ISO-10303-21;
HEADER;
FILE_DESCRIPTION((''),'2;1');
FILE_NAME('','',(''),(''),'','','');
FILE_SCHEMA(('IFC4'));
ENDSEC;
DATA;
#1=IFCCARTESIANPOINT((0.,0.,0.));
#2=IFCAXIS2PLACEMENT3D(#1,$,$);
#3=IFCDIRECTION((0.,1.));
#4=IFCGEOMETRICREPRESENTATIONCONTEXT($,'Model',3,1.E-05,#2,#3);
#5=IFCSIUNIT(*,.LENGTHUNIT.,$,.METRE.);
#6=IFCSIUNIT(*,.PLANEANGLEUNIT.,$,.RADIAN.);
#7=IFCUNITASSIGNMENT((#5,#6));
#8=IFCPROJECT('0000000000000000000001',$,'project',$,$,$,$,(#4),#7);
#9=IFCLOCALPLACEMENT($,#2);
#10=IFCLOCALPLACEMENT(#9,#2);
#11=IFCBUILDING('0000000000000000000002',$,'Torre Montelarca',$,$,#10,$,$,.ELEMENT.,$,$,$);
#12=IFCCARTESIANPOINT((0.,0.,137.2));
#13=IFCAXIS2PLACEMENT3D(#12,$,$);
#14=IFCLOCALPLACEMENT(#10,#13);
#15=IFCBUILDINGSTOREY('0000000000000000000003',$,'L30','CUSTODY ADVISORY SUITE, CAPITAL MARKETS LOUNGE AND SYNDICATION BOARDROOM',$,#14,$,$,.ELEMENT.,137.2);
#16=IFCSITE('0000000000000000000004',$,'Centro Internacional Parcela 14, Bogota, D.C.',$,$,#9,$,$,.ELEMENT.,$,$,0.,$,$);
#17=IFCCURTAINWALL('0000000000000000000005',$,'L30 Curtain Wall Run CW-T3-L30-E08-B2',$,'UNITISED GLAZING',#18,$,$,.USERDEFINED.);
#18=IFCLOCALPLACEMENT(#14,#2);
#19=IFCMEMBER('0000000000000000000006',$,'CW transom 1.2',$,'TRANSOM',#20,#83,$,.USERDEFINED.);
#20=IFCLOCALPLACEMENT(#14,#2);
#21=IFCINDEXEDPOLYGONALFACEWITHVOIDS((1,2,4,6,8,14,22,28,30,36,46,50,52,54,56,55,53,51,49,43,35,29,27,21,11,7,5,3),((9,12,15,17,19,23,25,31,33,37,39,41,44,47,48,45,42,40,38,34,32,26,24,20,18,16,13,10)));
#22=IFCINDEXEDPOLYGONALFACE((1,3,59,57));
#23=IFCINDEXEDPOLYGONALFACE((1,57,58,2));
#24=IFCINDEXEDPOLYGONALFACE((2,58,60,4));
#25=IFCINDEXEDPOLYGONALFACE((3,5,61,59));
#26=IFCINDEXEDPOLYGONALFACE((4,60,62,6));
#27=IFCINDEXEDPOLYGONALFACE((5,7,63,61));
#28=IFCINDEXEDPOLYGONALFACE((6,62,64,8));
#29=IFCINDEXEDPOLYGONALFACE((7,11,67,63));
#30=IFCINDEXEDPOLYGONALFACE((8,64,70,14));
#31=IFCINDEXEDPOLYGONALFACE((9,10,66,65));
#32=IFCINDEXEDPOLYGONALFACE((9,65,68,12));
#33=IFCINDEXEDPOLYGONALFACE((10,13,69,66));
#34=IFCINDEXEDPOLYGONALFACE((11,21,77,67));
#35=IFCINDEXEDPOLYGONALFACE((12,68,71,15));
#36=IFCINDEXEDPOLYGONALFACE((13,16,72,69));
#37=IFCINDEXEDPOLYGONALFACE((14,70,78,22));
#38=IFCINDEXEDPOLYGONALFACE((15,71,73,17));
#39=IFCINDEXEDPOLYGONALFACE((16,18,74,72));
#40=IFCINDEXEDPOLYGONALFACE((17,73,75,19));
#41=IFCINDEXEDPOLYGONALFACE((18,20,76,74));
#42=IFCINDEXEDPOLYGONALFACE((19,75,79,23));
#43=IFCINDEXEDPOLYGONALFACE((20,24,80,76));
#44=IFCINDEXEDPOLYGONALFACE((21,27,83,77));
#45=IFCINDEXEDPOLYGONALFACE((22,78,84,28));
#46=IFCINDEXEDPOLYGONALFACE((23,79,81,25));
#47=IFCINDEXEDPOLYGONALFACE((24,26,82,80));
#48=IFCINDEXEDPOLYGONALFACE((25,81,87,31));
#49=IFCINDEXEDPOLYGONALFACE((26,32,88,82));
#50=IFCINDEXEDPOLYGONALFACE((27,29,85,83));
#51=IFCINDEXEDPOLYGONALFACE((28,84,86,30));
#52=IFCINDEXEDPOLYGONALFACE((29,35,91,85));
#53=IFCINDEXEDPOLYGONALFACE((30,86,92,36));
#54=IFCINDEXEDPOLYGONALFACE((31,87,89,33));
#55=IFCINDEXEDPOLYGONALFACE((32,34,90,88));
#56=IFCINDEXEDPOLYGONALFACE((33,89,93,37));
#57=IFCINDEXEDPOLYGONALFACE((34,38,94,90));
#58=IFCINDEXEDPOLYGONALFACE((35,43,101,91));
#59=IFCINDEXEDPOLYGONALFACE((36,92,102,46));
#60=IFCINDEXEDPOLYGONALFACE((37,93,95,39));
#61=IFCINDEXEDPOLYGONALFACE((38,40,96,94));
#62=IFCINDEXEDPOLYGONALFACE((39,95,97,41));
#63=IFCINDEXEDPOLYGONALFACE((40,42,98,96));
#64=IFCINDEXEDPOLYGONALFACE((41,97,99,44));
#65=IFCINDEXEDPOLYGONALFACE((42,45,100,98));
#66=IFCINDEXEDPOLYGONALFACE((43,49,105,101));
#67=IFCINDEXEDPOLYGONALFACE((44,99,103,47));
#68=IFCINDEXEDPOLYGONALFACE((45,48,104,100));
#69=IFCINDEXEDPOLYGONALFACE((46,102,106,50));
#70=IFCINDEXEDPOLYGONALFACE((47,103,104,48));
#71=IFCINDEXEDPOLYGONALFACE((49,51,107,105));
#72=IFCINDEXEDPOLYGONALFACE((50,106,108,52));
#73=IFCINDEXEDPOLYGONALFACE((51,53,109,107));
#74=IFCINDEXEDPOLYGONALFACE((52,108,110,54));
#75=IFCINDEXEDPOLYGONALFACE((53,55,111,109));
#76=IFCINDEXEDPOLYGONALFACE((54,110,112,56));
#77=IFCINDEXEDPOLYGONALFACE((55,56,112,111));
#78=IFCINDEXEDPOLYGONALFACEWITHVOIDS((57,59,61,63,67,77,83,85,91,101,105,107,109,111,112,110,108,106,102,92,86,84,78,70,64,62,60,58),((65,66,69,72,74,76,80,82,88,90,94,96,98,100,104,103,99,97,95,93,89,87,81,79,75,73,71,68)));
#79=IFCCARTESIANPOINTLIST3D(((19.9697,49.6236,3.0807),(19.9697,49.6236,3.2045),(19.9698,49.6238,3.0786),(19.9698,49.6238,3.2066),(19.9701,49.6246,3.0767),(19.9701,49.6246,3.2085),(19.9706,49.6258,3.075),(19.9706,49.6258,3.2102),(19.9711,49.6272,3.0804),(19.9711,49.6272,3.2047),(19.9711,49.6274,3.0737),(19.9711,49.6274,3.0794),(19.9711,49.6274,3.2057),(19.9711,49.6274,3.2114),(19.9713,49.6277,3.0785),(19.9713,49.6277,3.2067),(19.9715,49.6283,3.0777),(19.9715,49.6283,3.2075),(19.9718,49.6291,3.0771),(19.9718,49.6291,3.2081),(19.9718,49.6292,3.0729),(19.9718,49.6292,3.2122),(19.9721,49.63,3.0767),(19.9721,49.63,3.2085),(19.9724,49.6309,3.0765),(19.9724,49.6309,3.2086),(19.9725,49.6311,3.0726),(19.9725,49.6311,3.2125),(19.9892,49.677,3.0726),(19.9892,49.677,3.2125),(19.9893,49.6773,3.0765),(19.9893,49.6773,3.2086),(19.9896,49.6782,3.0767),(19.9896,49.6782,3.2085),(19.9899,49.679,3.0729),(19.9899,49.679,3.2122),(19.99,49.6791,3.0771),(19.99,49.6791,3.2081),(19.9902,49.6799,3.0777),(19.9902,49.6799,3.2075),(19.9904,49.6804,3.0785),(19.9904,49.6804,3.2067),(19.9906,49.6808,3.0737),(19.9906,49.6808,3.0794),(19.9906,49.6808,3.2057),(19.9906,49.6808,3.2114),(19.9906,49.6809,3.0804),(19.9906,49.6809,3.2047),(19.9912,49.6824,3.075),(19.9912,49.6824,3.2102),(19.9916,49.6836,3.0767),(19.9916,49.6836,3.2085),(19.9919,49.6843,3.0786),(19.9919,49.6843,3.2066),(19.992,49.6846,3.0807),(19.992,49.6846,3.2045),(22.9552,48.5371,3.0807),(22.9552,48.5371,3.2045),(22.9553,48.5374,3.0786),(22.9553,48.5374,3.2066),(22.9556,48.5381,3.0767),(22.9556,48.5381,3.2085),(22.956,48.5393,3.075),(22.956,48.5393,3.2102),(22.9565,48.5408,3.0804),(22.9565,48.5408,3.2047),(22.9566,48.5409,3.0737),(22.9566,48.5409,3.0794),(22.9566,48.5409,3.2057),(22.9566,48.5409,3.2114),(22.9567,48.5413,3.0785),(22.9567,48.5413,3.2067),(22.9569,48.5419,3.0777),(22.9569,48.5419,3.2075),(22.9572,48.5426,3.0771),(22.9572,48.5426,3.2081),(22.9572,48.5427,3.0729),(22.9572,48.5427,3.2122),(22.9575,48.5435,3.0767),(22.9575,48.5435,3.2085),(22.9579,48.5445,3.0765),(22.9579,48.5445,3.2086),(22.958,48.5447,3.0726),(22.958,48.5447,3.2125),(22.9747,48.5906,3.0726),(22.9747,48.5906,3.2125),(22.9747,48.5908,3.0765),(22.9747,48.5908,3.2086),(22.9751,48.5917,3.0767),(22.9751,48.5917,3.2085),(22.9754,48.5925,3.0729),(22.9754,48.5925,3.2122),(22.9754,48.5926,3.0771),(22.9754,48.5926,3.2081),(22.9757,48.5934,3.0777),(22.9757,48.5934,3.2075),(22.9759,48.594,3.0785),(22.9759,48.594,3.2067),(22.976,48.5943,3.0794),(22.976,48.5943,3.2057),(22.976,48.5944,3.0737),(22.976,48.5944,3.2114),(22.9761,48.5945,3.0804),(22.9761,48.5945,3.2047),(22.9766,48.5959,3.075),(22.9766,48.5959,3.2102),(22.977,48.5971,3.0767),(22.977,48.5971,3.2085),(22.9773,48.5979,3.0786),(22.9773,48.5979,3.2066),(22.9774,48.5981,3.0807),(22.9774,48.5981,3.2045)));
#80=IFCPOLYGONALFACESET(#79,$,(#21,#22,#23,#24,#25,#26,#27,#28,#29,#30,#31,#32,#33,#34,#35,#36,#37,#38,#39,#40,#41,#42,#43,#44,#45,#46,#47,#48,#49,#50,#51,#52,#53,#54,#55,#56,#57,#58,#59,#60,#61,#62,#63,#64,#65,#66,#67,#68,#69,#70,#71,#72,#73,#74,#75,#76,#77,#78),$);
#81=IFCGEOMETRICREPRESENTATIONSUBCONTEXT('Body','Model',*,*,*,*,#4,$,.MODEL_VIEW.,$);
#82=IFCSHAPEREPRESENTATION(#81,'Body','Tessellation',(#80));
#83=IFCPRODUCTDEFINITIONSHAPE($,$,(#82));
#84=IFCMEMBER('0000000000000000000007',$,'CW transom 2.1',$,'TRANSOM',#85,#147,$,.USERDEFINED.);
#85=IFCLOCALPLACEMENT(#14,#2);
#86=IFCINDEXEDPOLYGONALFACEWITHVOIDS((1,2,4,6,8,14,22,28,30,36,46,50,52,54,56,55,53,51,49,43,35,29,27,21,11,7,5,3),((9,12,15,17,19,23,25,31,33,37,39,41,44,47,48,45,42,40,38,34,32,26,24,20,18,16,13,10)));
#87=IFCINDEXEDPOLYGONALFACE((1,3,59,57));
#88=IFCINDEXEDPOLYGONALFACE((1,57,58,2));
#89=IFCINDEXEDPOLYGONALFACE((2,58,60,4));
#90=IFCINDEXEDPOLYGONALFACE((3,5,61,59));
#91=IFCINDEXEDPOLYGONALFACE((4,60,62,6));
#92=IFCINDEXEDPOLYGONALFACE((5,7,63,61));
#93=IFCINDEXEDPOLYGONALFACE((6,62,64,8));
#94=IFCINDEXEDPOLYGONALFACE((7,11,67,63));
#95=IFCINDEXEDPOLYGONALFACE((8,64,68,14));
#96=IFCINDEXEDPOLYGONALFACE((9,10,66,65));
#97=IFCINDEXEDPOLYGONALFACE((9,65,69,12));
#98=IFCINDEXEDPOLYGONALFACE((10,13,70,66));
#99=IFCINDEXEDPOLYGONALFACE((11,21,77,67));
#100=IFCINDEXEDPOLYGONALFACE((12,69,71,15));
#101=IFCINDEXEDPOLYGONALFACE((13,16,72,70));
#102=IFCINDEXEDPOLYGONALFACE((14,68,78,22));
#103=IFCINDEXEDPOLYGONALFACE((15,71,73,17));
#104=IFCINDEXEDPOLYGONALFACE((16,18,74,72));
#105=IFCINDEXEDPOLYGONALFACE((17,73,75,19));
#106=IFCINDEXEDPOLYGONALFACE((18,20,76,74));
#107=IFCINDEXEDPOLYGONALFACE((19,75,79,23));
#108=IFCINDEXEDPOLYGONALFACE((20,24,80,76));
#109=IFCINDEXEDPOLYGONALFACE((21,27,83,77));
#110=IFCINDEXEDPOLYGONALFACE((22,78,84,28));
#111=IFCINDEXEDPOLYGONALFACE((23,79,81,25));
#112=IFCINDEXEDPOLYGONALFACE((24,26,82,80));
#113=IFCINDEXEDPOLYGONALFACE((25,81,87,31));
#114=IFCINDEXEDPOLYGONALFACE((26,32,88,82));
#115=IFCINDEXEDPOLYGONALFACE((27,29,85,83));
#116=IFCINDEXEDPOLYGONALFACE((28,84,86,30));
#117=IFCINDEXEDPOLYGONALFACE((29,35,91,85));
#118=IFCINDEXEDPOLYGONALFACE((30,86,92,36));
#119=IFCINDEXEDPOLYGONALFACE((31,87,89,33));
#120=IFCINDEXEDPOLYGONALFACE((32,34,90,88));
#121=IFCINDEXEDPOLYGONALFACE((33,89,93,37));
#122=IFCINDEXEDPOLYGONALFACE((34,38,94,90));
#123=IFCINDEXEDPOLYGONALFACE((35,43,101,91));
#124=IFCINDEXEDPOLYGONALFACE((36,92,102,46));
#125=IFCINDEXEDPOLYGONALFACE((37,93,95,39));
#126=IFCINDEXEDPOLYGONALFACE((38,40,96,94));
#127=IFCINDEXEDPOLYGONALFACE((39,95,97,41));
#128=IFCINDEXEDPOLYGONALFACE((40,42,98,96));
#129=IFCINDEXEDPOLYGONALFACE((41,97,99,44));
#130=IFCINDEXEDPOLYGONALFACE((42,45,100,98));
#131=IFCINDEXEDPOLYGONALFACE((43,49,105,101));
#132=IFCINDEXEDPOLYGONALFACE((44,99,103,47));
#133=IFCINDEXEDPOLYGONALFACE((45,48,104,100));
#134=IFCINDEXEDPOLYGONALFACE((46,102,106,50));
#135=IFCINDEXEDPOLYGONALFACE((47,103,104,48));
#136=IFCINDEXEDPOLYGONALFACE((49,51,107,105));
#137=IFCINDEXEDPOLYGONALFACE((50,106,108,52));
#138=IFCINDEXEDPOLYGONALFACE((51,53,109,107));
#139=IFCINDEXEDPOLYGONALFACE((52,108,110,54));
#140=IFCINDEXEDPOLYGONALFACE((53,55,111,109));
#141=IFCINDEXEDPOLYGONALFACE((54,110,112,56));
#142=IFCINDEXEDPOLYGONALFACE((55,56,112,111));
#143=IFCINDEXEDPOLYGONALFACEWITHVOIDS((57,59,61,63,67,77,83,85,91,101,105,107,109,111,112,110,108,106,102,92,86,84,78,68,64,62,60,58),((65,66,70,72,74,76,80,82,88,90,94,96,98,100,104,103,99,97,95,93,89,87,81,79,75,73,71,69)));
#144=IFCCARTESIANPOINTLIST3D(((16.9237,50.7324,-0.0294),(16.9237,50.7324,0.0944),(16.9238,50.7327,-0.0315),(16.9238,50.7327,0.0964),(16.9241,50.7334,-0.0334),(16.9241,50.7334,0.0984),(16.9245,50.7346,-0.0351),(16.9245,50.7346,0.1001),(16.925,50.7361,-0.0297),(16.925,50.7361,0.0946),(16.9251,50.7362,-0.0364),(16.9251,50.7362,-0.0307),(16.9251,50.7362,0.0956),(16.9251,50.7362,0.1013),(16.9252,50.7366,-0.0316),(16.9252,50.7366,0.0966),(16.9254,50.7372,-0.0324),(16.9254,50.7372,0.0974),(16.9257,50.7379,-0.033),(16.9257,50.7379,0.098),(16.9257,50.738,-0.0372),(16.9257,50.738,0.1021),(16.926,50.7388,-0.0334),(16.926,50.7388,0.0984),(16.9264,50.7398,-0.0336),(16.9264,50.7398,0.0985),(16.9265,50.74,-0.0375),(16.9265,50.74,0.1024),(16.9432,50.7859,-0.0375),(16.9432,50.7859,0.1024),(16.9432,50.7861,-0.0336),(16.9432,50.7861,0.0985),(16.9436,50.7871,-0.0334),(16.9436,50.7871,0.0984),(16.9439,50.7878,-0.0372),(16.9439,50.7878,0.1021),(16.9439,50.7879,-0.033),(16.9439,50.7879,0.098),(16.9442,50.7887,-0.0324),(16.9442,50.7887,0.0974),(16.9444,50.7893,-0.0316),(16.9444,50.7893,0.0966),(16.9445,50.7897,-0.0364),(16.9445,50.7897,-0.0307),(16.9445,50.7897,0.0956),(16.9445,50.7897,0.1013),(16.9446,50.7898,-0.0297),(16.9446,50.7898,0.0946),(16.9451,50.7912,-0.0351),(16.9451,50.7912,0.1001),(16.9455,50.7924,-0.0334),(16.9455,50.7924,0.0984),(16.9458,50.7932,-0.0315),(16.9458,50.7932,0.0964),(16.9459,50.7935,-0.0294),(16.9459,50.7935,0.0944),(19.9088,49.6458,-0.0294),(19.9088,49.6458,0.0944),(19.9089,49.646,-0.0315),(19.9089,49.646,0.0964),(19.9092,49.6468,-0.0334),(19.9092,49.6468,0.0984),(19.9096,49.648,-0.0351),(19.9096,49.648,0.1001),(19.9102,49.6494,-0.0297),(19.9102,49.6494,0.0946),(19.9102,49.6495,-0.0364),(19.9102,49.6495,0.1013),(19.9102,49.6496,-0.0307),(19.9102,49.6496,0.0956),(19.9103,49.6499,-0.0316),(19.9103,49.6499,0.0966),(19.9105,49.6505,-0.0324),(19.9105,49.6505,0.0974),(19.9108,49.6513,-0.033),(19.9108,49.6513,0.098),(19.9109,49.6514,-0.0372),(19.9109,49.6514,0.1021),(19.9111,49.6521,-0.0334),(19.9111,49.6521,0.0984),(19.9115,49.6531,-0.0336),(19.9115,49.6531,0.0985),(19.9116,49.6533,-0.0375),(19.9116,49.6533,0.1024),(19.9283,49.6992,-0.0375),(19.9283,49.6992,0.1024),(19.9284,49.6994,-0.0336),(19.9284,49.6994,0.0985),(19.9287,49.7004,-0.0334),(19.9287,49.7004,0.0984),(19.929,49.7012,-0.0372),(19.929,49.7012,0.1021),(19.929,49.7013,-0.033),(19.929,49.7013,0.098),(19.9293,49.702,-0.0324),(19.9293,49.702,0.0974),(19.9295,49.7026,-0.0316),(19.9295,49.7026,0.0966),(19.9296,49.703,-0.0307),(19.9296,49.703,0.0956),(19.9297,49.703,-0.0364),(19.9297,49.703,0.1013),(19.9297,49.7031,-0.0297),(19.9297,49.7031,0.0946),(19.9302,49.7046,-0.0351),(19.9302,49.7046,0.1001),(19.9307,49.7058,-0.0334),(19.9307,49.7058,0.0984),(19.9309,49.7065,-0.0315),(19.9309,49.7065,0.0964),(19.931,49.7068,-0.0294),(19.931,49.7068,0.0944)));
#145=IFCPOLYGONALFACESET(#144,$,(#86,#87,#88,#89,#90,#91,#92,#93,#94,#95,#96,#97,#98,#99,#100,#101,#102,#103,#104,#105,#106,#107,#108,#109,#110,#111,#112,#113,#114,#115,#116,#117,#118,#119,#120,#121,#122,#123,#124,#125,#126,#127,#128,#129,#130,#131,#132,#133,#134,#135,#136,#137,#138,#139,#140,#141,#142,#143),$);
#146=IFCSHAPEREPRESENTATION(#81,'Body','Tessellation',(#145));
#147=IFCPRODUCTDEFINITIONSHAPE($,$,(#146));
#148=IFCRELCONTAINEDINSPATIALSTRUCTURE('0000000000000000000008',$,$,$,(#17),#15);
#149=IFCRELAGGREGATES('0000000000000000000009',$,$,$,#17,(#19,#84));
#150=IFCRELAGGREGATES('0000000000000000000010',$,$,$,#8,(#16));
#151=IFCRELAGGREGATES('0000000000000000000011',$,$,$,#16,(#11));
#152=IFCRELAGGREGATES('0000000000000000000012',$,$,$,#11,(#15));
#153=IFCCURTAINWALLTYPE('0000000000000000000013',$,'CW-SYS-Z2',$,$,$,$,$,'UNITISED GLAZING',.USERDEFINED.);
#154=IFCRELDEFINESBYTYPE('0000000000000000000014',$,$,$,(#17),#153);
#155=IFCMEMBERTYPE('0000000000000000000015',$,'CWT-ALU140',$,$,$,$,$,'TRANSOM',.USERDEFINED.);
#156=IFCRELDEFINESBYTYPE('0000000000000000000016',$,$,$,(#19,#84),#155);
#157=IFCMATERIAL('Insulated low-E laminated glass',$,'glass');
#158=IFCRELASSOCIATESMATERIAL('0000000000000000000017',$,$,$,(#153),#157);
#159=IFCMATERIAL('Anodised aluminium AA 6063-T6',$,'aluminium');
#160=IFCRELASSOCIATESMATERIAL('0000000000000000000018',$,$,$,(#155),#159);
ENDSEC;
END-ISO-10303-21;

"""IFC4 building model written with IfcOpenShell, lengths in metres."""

from ifc_helpers import new_model, si_unit, direction, frame, origin, origin_2d, place, context, subcontext, project, spatial, hollow_rectangle, extrude, source, transform, mapped, material, material_profile, profile_set, type_object, element, aggregate, save


model = new_model("IFC4")

# Units and contexts
model_context = context("Model", 3, precision=1e-05, world=origin(), true_north=direction((0.0, 1.0)))
body_context = subcontext(model_context, "Body", "Model", "MODEL_VIEW")
ifc_project = project(units=[si_unit("LENGTHUNIT", "METRE"), si_unit("PLANEANGLEUNIT", "RADIAN")], contexts=[model_context])

# Site, building, storey
site_placement = place(None, origin())
site = spatial("IfcSite", under=ifc_project, at=site_placement, Name="Centro Internacional Parcela 14, Bogota, D.C.", CompositionType="ELEMENT", RefElevation=0.0)
building_placement = place(site_placement, origin())
building = spatial("IfcBuilding", under=site, at=building_placement, Name="Torre Montelarca", CompositionType="ELEMENT")
storey_placement = place(building_placement, frame((0.0, 0.0, 137.2)))
storey = spatial("IfcBuildingStorey", under=building, at=storey_placement, Name="L30", Description="CUSTODY ADVISORY SUITE, CAPITAL MARKETS LOUNGE AND SYNDICATION BOARDROOM", CompositionType="ELEMENT", Elevation=137.2)

# Curtain wall, members
ifc_material_1 = material(Name="Insulated low-E laminated glass", Category="glass")
curtain_wall_type = type_object("IfcCurtainWallType", Name="CW-SYS-Z2", ElementType="UNITISED GLAZING", PredefinedType="USERDEFINED", material=ifc_material_1)
ifc_material_2 = material(Name="Anodised aluminium AA 6063-T6", Category="aluminium")
ifc_material_profile_1 = material_profile(ifc_material_2, hollow_rectangle(XDim=0.0649, YDim=0.1399, WallThickness=0.0039, InnerFilletRadius=0.0039, OuterFilletRadius=0.0081, at=origin_2d()), Name="ALU65X140X4", Category="aluminium")
ifc_profile_set_1 = profile_set([ifc_material_profile_1], Name="Anodised aluminium AA 6063-T6")
member_type_1 = type_object("IfcMemberType", Name="CWT-ALU140", ElementType="TRANSOM", PredefinedType="USERDEFINED", material=ifc_profile_set_1)
curtain_wall_1_placement = place(storey_placement, origin())
curtain_wall_1 = element("IfcCurtainWall", 1, at=curtain_wall_1_placement, inside=storey, type_object=curtain_wall_type, Name="L30 Curtain Wall Run CW-T3-L30-E08-B2", ObjectType="UNITISED GLAZING", PredefinedType="USERDEFINED")
shared_shape_1 = source(origin(), body_context, "Body", "SweptSolid", [
    extrude(hollow_rectangle(XDim=0.0649, YDim=0.1399, WallThickness=0.0039, InnerFilletRadius=0.0039, OuterFilletRadius=0.0081, at=origin_2d()), origin(), (0.0, 0.0, 1.0), 3.177),
])
member_1_placement = place(storey_placement, frame((22.9663, 48.5676, 3.1426), z_axis=(-0.939708, 0.341978, 0.0), x_axis=(-0.341978, -0.939708, 0.0)))
member_1 = element("IfcMember", 2, at=member_1_placement, type_object=member_type_1, Name="CW transom 1.2", ObjectType="TRANSOM", PredefinedType="USERDEFINED", context=body_context, shape_type="MappedRepresentation", body=[
    mapped(shared_shape_1, transform((0.0, 0.0, 0.0), scale=1.0)),
])
shared_shape_2 = source(origin(), body_context, "Body", "SweptSolid", [
    extrude(hollow_rectangle(XDim=0.0649, YDim=0.1399, WallThickness=0.0039, InnerFilletRadius=0.0039, OuterFilletRadius=0.0081, at=origin_2d()), origin(), (0.0, 0.0, 1.0), 3.1768),
])
member_2_placement = place(storey_placement, frame((19.9199, 49.6763, 0.0325), z_axis=(-0.939674, 0.34207, 0.0), x_axis=(-0.34207, -0.939674, 0.0)))
member_2 = element("IfcMember", 3, at=member_2_placement, type_object=member_type_1, Name="CW transom 2.1", ObjectType="TRANSOM", PredefinedType="USERDEFINED", context=body_context, shape_type="MappedRepresentation", body=[
    mapped(shared_shape_2, transform((0.0, 0.0, 0.0), scale=1.0)),
])

aggregate(curtain_wall_1, [member_1, member_2])

save(model, "model.ifc")
